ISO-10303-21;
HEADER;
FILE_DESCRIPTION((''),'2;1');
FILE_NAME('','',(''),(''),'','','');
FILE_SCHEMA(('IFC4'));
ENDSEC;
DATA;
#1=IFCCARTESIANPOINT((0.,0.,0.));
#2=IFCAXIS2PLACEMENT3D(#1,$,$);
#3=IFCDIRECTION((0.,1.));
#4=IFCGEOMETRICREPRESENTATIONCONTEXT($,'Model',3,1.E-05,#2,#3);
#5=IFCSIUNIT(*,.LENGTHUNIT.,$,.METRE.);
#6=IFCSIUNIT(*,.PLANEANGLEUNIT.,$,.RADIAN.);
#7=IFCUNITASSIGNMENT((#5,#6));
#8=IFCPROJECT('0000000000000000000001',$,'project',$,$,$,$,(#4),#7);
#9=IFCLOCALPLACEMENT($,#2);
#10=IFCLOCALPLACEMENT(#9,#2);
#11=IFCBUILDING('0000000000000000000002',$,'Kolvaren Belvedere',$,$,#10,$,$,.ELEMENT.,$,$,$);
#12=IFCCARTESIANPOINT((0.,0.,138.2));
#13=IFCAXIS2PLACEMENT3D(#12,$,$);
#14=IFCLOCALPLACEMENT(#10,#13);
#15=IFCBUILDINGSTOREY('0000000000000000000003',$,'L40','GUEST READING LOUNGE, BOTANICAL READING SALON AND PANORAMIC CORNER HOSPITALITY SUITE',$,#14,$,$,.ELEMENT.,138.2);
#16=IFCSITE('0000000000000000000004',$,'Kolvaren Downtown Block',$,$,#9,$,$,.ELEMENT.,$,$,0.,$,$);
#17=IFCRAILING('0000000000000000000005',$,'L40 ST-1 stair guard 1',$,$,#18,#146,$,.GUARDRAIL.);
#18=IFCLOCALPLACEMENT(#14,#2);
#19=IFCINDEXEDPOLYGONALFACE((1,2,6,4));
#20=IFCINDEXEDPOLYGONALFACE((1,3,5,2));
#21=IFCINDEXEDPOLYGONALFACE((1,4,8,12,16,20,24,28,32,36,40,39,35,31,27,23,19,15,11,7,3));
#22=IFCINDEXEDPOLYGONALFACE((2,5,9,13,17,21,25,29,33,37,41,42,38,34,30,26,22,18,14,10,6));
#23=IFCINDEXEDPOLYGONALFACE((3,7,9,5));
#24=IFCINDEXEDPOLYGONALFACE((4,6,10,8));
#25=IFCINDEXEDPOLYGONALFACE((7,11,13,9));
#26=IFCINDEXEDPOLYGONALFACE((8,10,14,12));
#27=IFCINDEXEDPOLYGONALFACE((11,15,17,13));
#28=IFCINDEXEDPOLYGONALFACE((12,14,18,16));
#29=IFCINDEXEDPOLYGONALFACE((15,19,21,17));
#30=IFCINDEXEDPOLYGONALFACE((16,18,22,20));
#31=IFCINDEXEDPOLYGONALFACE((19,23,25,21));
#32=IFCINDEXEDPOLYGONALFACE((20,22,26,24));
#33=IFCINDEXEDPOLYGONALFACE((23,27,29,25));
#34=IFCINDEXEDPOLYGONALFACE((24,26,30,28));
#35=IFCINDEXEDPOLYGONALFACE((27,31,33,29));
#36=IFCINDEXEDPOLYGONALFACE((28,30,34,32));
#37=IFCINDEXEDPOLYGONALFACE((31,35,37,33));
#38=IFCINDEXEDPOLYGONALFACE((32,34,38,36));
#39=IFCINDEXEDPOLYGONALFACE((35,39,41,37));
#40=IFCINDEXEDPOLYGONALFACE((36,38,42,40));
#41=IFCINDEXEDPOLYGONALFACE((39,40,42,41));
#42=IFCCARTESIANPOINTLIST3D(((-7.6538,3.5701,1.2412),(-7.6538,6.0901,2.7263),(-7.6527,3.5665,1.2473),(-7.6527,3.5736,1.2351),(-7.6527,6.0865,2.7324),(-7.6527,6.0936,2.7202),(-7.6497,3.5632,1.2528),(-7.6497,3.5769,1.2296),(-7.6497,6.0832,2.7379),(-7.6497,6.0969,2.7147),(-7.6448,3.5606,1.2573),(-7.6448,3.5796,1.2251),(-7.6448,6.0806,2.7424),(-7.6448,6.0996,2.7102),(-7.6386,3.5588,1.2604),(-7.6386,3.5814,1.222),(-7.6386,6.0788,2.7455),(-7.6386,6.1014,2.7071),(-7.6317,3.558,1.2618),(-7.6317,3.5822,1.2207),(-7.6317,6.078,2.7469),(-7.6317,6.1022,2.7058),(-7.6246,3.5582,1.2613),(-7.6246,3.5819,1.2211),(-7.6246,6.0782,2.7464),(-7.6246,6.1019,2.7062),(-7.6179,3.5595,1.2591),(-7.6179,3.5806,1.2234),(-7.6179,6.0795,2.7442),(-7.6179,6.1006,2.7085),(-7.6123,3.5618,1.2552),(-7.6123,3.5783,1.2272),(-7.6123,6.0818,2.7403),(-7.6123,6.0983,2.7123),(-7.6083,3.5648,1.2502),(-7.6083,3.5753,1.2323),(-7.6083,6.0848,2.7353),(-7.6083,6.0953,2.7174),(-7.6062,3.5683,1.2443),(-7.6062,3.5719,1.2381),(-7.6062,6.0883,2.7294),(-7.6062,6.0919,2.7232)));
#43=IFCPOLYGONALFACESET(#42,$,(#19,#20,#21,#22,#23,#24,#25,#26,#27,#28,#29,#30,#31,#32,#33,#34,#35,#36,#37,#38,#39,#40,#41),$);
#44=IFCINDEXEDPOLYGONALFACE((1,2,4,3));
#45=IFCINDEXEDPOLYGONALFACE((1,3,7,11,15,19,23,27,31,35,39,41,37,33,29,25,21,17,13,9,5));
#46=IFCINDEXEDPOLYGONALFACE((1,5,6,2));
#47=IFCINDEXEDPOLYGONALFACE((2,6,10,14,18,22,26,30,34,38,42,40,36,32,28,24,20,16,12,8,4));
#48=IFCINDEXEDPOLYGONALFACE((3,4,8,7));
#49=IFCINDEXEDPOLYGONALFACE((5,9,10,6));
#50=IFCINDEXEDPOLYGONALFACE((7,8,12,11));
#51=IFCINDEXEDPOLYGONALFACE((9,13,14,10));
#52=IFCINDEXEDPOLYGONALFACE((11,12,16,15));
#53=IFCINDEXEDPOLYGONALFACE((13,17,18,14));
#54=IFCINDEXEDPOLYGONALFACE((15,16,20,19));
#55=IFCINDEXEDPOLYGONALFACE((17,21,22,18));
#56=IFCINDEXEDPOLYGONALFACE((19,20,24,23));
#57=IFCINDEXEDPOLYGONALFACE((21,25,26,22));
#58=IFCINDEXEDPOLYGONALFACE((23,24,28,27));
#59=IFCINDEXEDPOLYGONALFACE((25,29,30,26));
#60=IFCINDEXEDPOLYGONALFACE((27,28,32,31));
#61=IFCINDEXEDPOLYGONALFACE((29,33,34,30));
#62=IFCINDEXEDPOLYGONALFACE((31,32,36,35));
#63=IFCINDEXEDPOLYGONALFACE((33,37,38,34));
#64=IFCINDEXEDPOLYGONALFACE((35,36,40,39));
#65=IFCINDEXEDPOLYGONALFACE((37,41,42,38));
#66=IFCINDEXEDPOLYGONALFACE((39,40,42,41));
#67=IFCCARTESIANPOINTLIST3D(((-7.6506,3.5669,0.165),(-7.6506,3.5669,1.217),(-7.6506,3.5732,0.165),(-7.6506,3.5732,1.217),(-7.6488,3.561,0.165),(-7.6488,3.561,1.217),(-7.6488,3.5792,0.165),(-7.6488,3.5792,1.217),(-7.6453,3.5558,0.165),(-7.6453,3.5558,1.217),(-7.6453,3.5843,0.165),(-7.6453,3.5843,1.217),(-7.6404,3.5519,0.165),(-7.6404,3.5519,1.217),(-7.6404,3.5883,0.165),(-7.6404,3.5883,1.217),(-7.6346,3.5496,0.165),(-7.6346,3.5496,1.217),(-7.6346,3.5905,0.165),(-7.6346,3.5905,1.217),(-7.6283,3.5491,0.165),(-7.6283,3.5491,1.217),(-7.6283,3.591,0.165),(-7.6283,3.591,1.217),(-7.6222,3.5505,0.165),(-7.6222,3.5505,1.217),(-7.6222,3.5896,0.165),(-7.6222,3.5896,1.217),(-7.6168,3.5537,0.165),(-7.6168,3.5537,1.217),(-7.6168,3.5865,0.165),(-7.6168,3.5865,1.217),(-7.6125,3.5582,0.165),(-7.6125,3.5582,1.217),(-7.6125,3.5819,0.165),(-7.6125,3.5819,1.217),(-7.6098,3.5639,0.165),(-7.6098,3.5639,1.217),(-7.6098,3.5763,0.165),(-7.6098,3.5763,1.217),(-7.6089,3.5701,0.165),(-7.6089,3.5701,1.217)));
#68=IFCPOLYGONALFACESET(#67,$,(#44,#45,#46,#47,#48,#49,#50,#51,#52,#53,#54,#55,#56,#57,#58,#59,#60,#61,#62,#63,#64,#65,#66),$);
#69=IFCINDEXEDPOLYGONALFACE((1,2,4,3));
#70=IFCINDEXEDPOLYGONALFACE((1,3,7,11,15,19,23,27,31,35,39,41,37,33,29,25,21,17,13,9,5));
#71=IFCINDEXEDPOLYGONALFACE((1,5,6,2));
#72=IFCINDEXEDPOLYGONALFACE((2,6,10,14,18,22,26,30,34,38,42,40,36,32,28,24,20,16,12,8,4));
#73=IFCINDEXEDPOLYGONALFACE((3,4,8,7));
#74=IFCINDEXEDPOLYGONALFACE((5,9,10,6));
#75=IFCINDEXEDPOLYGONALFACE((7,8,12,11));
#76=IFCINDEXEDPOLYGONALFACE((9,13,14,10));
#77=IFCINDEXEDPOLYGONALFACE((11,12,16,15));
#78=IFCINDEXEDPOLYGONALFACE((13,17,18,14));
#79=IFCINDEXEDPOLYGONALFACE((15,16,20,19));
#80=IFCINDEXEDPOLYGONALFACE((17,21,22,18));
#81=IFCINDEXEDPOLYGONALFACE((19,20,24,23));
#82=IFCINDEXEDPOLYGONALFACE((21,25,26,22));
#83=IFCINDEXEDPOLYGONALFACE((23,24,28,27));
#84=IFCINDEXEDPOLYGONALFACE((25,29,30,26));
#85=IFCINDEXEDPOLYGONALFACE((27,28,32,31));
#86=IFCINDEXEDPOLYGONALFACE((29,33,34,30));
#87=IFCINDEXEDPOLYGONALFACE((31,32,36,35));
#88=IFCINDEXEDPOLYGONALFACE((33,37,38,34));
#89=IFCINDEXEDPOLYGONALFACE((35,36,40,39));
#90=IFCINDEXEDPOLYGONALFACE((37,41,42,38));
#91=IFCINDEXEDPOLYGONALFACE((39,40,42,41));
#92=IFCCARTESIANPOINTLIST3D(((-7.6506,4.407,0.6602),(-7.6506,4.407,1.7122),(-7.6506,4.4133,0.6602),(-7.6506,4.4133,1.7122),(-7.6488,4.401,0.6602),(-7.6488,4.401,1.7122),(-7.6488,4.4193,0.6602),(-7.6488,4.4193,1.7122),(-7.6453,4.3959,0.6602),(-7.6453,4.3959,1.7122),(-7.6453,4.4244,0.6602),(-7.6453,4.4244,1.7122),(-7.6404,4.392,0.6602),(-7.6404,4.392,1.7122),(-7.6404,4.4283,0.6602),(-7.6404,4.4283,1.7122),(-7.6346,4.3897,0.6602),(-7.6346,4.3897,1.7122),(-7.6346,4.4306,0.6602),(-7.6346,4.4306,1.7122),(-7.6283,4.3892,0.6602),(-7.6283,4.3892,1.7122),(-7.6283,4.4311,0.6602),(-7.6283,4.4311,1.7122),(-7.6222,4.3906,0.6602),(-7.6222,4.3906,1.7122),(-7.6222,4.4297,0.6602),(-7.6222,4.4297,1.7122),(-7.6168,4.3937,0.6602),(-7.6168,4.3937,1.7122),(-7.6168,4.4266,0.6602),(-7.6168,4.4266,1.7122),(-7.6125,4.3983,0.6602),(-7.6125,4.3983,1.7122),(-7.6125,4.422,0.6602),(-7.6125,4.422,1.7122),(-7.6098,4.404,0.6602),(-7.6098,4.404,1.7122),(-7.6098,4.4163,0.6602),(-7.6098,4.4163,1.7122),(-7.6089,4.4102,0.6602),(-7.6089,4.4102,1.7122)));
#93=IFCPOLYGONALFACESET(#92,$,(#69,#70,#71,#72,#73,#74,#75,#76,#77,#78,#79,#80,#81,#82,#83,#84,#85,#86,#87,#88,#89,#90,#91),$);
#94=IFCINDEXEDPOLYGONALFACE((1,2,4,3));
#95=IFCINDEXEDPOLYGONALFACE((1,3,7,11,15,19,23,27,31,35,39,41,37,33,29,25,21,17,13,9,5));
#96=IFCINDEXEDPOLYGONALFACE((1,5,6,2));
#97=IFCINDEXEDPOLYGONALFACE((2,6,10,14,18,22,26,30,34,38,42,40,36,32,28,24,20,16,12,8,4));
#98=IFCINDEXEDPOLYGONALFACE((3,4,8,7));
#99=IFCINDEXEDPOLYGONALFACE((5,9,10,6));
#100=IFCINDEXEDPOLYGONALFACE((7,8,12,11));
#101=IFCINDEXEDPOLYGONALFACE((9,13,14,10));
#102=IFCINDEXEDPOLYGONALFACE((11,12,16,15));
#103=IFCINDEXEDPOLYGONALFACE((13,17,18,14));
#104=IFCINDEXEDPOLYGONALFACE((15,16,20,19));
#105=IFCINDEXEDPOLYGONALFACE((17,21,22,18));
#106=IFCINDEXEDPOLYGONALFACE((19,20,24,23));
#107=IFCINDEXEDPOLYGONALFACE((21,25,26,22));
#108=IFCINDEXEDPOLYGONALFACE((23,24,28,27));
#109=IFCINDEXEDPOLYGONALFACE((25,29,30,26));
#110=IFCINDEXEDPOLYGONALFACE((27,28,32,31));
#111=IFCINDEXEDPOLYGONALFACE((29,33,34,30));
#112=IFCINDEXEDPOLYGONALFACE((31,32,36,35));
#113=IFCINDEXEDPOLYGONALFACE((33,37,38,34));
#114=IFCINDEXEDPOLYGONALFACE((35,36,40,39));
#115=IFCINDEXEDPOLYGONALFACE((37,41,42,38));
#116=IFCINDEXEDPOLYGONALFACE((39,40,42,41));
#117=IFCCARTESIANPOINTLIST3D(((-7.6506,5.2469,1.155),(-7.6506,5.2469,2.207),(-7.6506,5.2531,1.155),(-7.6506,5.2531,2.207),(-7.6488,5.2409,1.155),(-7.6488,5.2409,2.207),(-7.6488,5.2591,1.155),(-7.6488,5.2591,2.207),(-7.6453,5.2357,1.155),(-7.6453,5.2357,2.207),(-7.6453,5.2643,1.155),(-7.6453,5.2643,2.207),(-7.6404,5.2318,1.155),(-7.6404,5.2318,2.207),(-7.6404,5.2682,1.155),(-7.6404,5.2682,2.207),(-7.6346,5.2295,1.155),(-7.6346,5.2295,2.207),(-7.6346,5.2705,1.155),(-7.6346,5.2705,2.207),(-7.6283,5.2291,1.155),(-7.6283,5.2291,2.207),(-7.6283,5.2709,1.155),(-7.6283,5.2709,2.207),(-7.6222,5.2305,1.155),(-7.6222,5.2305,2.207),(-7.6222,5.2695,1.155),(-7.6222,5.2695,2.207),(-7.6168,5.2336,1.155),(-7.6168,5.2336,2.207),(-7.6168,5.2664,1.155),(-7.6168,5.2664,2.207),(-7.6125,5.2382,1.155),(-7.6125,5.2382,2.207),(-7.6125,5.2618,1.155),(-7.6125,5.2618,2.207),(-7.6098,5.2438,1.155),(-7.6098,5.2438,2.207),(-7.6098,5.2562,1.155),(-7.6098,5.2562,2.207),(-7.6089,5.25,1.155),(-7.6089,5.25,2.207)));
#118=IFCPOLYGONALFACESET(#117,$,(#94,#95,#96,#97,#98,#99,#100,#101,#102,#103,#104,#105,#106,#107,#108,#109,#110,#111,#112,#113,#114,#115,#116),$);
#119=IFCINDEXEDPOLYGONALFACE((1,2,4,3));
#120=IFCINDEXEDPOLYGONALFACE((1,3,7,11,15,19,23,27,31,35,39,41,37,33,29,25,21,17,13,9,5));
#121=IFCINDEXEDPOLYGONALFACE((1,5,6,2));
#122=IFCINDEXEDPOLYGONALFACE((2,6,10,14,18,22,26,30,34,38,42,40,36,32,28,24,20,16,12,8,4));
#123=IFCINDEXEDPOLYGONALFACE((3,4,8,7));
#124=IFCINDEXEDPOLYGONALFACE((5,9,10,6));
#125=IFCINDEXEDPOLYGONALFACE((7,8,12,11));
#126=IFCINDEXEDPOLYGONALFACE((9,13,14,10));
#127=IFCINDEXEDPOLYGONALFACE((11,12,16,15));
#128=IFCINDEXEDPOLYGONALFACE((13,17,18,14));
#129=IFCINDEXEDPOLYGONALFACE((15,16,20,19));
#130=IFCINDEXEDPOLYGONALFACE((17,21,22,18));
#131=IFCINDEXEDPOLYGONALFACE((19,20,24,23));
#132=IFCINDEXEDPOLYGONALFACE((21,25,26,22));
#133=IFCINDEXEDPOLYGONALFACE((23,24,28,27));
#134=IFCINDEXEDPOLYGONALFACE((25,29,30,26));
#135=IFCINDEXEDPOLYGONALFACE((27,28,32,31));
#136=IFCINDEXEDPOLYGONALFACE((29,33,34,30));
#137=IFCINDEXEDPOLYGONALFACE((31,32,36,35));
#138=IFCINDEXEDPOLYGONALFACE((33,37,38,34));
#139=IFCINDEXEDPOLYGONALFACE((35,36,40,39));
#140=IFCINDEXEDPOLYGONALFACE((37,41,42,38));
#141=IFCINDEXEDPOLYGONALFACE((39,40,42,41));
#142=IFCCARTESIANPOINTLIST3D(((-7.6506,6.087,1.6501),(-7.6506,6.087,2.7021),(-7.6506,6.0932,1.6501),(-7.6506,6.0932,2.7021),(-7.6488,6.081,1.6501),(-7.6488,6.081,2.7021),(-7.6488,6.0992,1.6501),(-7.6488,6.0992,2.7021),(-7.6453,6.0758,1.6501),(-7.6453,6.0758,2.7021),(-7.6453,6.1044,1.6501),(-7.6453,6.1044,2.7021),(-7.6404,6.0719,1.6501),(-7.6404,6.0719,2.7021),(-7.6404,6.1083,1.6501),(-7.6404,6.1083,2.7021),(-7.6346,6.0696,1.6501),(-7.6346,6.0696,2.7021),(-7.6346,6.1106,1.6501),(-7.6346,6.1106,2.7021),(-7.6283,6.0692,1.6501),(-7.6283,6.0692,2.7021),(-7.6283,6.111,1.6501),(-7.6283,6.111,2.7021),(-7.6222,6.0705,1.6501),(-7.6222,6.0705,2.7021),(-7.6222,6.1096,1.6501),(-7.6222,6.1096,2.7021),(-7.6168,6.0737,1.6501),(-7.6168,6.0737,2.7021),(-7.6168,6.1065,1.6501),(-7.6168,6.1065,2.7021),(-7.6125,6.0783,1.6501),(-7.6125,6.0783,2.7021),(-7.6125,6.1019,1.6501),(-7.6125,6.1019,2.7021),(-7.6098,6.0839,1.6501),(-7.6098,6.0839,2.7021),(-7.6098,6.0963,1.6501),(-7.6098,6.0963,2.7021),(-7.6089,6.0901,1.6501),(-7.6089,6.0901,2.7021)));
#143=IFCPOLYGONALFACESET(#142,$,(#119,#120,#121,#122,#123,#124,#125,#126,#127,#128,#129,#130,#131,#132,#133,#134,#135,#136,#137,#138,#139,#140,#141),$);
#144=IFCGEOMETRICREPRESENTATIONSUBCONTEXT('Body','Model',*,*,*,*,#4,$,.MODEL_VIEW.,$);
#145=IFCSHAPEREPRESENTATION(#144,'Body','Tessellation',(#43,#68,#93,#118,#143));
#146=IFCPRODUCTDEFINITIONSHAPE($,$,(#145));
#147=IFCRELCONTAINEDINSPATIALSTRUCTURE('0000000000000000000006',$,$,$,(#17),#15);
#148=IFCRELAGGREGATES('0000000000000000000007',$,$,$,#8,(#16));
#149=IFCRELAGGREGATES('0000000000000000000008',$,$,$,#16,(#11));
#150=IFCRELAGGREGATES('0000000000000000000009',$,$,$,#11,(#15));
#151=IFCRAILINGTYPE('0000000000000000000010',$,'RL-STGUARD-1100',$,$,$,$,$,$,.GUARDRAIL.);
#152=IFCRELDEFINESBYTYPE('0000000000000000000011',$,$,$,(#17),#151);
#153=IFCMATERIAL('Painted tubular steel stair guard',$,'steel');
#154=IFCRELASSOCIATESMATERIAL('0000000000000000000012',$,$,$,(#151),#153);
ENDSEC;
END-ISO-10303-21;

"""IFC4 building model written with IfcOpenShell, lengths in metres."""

from ifc_helpers import new_model, si_unit, direction, frame, origin, origin_2d, place, context, subcontext, project, spatial, circle, extrude, material, type_object, element, save


model = new_model("IFC4")

# Units and contexts
model_context = context("Model", 3, precision=1e-05, world=origin(), true_north=direction((0.0, 1.0)))
body_context = subcontext(model_context, "Body", "Model", "MODEL_VIEW")
ifc_project = project(units=[si_unit("LENGTHUNIT", "METRE"), si_unit("PLANEANGLEUNIT", "RADIAN")], contexts=[model_context])

# Site, building, storey
site_placement = place(None, origin())
site = spatial("IfcSite", under=ifc_project, at=site_placement, Name="Kolvaren Downtown Block", CompositionType="ELEMENT", RefElevation=0.0)
building_placement = place(site_placement, origin())
building = spatial("IfcBuilding", under=site, at=building_placement, Name="Kolvaren Belvedere", CompositionType="ELEMENT")
storey_placement = place(building_placement, frame((0.0, 0.0, 138.2)))
storey = spatial("IfcBuildingStorey", under=building, at=storey_placement, Name="L40", Description="GUEST READING LOUNGE, BOTANICAL READING SALON AND PANORAMIC CORNER HOSPITALITY SUITE", CompositionType="ELEMENT", Elevation=138.2)

# Railing
ifc_material_1 = material(Name="Painted tubular steel stair guard", Category="steel")
railing_type_1 = type_object("IfcRailingType", Name="RL-STGUARD-1100", PredefinedType="GUARDRAIL", material=ifc_material_1)
railing_1_placement = place(storey_placement, frame((-7.6299, 3.5701, 0.165)))
element("IfcRailing", 1, at=railing_1_placement, inside=storey, type_object=railing_type_1, Name="L40 ST-1 stair guard 1", PredefinedType="GUARDRAIL", context=body_context, shape_type="SweptSolid", body=[
    extrude(circle(Radius=0.0239, at=origin_2d()), frame((0.0, 0.0, 1.0762), z_axis=(0.0, 0.861524, 0.507717), x_axis=(-1.0, 0.0, 0.0)), (0.0, 0.0, 1.0), 2.925),
    extrude(circle(Radius=0.021, at=origin_2d()), origin(), (0.0, 0.0, 1.0), 1.052),
    extrude(circle(Radius=0.021, at=origin_2d()), frame((0.0, 0.8401, 0.4951)), (0.0, 0.0, 1.0), 1.052),
    extrude(circle(Radius=0.021, at=origin_2d()), frame((0.0, 1.6799, 0.99)), (0.0, 0.0, 1.0), 1.052),
    extrude(circle(Radius=0.021, at=origin_2d()), frame((0.0, 2.52, 1.4851)), (0.0, 0.0, 1.0), 1.052),
])

save(model, "model.ifc")
